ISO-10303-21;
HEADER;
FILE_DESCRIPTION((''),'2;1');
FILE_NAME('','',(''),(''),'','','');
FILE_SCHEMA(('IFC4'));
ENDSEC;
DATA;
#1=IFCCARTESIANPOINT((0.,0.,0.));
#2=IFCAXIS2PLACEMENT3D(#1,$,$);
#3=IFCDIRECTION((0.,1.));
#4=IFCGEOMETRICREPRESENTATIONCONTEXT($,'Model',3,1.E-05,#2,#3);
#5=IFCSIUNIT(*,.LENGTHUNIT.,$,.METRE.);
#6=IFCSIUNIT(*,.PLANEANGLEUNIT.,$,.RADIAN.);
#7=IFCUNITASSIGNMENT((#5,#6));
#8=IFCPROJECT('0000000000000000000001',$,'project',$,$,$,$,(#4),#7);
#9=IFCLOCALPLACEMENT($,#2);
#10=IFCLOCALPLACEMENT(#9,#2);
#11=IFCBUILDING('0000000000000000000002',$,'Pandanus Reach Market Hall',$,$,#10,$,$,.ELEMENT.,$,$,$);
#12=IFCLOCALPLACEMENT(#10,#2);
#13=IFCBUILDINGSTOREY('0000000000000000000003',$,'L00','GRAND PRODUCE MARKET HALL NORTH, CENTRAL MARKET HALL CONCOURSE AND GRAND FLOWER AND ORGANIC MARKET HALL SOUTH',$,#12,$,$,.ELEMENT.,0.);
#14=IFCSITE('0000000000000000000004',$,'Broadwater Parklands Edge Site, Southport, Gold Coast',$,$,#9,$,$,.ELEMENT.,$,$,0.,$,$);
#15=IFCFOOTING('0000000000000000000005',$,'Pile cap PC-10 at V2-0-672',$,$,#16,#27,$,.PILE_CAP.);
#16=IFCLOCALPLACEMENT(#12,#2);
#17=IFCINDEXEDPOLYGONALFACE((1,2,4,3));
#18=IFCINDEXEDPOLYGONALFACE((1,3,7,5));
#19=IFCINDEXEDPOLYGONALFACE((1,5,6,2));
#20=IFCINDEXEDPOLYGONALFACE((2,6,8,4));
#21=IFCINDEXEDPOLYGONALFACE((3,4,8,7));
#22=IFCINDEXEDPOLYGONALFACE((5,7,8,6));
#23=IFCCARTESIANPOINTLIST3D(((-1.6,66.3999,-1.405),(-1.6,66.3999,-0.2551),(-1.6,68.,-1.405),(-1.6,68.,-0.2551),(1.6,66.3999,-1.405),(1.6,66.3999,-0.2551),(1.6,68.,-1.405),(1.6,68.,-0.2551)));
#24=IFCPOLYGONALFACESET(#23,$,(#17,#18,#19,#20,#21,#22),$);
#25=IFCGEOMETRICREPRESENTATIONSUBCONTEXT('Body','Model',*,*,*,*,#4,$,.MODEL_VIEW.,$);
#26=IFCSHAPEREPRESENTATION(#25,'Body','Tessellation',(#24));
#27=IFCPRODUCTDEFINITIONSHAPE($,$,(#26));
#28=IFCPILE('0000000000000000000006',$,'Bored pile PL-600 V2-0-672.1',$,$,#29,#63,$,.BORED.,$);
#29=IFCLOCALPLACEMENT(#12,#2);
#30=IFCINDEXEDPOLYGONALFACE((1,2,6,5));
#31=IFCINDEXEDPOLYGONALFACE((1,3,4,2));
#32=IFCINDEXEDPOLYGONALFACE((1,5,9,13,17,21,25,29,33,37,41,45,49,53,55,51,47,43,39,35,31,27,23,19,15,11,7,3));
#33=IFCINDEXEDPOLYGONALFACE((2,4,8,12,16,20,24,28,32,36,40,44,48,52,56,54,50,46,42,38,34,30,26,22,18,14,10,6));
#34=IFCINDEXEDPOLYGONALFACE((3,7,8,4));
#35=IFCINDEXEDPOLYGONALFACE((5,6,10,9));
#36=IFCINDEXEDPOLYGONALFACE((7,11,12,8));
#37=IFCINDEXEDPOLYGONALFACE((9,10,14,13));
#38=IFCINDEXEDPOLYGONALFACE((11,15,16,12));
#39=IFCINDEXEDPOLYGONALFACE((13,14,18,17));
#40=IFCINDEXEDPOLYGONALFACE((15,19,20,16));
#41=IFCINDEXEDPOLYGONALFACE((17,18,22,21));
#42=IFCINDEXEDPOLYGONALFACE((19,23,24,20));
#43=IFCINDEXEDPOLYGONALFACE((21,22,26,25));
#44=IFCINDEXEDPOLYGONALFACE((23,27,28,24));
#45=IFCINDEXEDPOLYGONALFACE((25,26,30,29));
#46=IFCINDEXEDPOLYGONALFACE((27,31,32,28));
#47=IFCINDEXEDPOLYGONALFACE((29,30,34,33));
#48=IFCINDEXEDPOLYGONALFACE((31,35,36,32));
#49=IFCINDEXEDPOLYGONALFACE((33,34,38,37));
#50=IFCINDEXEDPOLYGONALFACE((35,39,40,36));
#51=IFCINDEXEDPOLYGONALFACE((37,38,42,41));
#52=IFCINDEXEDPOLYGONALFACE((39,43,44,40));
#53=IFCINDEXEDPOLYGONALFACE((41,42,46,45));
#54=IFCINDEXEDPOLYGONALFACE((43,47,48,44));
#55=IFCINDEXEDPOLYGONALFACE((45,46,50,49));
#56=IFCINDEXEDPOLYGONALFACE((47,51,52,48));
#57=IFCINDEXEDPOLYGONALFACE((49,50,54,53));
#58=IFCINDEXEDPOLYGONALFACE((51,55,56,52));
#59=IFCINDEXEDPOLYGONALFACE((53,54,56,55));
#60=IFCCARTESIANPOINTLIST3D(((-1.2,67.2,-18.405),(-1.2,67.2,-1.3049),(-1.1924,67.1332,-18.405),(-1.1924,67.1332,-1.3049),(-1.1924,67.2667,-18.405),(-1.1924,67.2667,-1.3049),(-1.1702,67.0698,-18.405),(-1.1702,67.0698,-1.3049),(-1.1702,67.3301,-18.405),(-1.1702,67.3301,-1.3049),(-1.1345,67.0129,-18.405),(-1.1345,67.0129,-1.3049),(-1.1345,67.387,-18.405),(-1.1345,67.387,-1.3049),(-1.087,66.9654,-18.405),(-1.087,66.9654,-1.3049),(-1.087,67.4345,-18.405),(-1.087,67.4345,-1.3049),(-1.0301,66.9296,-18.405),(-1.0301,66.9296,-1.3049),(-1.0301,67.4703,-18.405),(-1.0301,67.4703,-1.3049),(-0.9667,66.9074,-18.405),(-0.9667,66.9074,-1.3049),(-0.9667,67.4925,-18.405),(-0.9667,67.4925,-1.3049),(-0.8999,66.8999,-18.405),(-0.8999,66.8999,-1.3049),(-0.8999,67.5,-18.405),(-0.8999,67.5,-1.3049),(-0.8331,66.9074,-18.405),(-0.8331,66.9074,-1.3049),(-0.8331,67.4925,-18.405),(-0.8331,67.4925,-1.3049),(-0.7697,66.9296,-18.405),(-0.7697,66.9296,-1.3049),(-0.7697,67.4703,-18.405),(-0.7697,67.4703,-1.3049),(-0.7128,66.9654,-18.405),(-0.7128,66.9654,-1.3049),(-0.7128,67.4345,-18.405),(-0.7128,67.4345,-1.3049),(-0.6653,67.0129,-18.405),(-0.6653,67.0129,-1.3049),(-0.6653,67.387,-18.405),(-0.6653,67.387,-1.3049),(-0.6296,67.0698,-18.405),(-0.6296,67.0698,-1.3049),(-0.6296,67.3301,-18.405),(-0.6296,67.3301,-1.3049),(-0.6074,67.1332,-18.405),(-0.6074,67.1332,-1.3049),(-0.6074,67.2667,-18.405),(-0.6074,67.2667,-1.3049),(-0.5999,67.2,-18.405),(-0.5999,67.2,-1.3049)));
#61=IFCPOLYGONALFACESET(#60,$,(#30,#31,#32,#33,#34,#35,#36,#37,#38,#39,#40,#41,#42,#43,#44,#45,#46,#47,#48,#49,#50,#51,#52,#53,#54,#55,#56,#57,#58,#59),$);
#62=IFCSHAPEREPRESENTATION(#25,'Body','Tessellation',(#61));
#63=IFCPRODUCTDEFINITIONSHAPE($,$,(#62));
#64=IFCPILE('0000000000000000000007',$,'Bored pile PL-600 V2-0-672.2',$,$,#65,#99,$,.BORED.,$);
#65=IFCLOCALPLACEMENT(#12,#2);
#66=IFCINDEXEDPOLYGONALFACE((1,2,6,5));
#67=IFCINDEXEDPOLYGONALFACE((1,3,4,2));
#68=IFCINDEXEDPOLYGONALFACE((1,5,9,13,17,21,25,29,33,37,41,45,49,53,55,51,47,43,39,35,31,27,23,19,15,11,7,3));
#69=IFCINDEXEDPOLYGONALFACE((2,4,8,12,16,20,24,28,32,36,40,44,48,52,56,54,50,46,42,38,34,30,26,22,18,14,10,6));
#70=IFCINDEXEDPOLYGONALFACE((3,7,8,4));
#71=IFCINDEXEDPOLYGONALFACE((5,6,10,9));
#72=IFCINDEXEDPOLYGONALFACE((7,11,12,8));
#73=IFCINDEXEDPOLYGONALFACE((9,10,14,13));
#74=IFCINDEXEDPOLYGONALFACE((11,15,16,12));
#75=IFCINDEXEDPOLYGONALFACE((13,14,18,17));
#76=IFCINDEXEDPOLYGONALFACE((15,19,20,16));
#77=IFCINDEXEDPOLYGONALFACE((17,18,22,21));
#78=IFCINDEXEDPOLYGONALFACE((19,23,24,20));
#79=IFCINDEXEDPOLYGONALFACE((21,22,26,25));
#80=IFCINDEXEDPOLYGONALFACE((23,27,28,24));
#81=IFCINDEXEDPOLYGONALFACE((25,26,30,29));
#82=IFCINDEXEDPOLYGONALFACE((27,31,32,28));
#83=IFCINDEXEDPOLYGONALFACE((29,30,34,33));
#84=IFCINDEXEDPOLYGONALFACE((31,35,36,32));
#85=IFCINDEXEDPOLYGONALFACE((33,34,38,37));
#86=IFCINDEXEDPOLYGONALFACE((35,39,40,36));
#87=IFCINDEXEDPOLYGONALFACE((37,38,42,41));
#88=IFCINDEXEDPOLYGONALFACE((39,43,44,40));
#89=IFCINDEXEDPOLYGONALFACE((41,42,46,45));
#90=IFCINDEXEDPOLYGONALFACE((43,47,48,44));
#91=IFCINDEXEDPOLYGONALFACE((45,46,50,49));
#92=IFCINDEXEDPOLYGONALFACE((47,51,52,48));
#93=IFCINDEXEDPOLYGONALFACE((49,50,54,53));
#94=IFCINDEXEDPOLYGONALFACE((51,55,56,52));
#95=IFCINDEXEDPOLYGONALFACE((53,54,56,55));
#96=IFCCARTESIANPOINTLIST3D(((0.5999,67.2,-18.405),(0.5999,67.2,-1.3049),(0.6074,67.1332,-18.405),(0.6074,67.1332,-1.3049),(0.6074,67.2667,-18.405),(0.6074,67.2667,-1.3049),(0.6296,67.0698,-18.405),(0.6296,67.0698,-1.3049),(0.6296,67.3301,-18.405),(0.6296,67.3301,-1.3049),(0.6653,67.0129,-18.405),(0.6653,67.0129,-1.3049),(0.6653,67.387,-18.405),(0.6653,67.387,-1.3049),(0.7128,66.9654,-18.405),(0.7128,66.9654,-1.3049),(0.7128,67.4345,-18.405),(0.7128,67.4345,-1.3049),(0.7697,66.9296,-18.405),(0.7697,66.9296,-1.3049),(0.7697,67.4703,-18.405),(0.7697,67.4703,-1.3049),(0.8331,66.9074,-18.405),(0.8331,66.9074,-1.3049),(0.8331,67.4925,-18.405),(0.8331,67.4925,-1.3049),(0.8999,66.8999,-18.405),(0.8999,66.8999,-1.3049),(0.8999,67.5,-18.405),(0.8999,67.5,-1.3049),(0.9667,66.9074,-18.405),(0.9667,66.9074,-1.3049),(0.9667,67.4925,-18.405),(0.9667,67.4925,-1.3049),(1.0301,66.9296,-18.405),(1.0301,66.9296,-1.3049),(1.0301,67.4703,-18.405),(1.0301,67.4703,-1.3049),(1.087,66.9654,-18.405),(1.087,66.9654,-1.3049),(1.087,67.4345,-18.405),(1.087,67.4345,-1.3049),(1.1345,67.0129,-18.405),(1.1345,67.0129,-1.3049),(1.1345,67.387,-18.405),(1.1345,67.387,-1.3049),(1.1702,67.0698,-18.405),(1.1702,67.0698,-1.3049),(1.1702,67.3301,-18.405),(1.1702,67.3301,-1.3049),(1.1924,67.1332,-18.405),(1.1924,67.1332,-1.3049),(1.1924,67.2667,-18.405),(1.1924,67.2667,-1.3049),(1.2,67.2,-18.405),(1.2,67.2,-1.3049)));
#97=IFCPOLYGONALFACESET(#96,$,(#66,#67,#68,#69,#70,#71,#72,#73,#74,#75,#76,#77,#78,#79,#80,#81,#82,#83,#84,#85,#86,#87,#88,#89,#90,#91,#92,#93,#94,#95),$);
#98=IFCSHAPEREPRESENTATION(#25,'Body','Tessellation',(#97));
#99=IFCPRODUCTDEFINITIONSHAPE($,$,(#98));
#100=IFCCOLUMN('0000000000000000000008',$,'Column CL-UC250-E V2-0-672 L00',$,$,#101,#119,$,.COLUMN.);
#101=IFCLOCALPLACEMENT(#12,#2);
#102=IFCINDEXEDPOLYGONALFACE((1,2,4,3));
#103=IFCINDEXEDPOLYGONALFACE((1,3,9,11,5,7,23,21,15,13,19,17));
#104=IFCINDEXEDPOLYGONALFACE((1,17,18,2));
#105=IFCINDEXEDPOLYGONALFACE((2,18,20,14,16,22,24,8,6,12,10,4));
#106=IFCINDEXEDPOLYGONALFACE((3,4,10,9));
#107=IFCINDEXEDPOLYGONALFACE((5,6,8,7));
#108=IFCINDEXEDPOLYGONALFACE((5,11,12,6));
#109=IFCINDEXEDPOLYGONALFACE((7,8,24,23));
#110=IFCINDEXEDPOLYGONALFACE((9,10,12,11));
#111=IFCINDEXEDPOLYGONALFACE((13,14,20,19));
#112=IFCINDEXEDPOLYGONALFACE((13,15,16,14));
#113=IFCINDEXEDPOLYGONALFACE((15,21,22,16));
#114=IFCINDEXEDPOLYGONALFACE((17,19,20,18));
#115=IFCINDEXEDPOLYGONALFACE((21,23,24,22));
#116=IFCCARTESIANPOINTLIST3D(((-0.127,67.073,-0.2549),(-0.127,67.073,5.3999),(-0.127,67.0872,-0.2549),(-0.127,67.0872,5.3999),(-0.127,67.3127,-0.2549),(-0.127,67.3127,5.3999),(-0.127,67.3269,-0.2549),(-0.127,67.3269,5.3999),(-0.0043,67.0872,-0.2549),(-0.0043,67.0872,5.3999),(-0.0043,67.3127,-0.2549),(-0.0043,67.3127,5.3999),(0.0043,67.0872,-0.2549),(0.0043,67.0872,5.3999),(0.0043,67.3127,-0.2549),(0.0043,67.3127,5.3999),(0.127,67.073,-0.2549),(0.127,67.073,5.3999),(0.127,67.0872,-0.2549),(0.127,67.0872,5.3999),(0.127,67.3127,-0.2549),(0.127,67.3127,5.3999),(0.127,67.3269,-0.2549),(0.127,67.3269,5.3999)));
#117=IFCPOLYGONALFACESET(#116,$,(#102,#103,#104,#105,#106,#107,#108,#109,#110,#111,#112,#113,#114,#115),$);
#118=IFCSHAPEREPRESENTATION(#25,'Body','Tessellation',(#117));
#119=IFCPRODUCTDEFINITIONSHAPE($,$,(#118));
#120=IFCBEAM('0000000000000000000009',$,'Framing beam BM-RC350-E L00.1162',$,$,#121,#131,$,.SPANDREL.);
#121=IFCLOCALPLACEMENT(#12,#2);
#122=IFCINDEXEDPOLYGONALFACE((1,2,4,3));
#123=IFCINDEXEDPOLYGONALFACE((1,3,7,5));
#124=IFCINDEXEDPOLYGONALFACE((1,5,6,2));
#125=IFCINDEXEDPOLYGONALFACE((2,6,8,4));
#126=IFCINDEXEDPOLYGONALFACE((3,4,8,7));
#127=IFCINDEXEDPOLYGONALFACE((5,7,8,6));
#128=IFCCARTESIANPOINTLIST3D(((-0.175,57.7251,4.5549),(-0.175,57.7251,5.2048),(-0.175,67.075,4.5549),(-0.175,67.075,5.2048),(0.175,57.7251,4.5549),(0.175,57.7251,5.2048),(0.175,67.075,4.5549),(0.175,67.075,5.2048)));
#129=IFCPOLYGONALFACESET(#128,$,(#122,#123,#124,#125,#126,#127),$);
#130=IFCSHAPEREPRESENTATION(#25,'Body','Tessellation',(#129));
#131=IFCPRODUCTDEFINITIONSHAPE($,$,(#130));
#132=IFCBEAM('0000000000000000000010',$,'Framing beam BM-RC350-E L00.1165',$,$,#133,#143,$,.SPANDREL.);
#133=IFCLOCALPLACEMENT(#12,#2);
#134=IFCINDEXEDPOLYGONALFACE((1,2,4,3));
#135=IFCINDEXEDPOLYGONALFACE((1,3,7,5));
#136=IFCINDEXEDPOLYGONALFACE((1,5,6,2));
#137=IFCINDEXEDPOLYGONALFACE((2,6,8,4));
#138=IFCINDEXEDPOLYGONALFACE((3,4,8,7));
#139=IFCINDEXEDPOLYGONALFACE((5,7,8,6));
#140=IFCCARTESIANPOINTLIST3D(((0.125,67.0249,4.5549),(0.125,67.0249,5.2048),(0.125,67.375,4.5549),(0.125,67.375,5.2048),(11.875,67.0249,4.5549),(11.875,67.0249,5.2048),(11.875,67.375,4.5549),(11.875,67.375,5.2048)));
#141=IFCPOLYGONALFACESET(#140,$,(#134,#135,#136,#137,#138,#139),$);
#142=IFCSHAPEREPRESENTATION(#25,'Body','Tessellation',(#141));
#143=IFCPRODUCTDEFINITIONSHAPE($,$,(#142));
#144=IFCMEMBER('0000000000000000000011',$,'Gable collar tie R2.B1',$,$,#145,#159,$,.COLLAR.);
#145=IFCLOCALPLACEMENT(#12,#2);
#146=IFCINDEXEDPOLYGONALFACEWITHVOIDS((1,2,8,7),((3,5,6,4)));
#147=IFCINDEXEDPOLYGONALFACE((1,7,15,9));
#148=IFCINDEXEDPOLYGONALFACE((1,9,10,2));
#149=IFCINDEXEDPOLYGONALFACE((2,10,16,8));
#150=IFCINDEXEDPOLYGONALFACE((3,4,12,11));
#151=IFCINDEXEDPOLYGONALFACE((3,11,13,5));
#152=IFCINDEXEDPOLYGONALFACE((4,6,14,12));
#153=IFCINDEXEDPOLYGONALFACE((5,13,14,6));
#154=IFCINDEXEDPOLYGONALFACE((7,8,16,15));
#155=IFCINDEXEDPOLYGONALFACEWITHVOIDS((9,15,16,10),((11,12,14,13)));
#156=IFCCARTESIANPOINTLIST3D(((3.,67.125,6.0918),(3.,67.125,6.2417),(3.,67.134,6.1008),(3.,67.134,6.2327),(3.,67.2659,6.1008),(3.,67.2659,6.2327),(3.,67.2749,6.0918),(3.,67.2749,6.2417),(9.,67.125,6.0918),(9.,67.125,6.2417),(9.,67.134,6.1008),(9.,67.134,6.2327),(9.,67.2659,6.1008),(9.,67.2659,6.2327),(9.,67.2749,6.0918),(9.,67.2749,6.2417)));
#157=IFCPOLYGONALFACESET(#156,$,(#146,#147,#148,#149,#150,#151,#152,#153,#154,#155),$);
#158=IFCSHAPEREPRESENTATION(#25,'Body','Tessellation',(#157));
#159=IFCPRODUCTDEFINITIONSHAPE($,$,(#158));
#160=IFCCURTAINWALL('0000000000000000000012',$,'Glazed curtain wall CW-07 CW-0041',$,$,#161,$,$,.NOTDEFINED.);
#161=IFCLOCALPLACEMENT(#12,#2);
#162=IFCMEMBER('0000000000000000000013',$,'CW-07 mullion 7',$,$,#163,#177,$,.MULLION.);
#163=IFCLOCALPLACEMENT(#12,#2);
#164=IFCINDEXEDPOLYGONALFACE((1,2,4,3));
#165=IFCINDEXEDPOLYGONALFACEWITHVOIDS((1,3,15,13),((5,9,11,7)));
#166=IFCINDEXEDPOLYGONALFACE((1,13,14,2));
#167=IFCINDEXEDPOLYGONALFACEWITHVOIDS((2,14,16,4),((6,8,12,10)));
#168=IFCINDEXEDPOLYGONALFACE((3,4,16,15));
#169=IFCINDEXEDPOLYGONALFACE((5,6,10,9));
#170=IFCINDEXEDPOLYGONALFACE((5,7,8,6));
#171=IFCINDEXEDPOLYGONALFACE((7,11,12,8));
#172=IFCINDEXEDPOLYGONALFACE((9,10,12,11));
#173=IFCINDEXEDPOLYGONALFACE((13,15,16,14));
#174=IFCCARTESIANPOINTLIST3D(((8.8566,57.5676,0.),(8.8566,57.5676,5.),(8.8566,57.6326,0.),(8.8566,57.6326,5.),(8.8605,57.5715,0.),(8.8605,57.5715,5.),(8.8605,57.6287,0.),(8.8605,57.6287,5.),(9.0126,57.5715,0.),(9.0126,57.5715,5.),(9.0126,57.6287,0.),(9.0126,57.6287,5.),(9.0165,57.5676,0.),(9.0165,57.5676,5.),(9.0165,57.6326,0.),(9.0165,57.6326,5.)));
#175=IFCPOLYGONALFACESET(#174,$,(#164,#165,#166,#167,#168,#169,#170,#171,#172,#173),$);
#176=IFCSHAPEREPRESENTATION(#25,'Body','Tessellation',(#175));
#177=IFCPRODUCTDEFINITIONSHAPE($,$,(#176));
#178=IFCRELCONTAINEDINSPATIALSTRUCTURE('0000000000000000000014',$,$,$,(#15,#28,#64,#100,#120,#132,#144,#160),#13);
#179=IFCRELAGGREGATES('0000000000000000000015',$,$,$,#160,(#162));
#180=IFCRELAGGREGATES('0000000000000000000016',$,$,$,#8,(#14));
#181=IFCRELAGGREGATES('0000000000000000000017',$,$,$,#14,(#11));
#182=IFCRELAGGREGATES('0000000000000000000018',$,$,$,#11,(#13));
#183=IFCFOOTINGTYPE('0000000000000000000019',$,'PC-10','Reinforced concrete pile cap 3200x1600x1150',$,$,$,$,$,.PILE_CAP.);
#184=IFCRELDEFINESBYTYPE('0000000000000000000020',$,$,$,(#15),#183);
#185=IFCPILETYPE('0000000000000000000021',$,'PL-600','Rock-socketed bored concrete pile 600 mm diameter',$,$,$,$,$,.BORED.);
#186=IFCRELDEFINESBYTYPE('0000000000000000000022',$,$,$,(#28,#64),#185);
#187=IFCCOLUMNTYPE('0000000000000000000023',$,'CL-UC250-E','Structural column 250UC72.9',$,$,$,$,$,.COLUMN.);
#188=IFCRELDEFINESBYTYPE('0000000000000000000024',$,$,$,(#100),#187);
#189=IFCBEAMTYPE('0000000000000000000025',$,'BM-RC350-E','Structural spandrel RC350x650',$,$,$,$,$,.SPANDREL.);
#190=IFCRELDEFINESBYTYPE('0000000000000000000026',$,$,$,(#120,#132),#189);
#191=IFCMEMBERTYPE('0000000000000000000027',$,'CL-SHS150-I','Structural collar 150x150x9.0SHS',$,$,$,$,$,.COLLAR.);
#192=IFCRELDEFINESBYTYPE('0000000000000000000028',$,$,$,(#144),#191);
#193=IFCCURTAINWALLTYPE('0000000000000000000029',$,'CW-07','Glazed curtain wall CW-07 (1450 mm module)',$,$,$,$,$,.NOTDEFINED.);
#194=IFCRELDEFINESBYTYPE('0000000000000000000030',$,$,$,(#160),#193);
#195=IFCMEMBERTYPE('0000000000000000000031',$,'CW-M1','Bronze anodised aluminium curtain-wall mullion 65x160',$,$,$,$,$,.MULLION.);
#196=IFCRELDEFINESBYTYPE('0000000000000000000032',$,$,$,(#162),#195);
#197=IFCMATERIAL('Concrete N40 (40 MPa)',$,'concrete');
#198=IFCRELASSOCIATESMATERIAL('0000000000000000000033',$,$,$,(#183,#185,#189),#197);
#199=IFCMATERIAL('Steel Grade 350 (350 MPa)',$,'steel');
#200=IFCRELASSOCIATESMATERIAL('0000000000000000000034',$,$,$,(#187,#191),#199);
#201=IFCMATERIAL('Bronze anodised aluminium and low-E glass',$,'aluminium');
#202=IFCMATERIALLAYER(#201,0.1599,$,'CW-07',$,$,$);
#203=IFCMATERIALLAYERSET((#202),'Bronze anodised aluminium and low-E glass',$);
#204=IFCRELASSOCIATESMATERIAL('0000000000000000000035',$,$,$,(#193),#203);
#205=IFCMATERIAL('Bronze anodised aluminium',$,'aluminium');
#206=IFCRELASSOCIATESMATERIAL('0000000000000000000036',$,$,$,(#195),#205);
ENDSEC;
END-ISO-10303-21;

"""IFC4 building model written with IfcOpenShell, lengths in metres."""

from ifc_helpers import new_model, si_unit, direction, frame, origin, origin_2d, place, context, subcontext, project, spatial, rectangle, hollow_rectangle, circle, i_section, extrude, material, layer, layer_set, material_profile, profile_set, type_object, element, aggregate, save


model = new_model("IFC4")

# Units and contexts
model_context = context("Model", 3, precision=1e-05, world=origin(), true_north=direction((0.0, 1.0)))
body_context = subcontext(model_context, "Body", "Model", "MODEL_VIEW")
ifc_project = project(units=[si_unit("LENGTHUNIT", "METRE"), si_unit("PLANEANGLEUNIT", "RADIAN")], contexts=[model_context])

# Site, building, storey
site_placement = place(None, origin())
site = spatial("IfcSite", under=ifc_project, at=site_placement, Name="Broadwater Parklands Edge Site, Southport, Gold Coast", CompositionType="ELEMENT", RefElevation=0.0)
building_placement = place(site_placement, origin())
building = spatial("IfcBuilding", under=site, at=building_placement, Name="Pandanus Reach Market Hall", CompositionType="ELEMENT")
storey_placement = place(building_placement, origin())
storey = spatial("IfcBuildingStorey", under=building, at=storey_placement, Name="L00", Description="GRAND PRODUCE MARKET HALL NORTH, CENTRAL MARKET HALL CONCOURSE AND GRAND FLOWER AND ORGANIC MARKET HALL SOUTH", CompositionType="ELEMENT", Elevation=0.0)

# Footing
ifc_material_1 = material(Name="Concrete N40 (40 MPa)", Category="concrete")
footing_type = type_object("IfcFootingType", Name="PC-10", Description="Reinforced concrete pile cap 3200x1600x1150", PredefinedType="PILE_CAP", material=ifc_material_1)
footing_placement = place(storey_placement, frame((0.0, 67.2, -1.405), z_axis=(0.0, 0.0, 1.0), x_axis=(1.0, 0.0, 0.0)))
element("IfcFooting", 1, at=footing_placement, inside=storey, type_object=footing_type, Name="Pile cap PC-10 at V2-0-672", PredefinedType="PILE_CAP", context=body_context, shape_type="SweptSolid", body=[
    extrude(rectangle(XDim=3.2, YDim=1.6001, at=origin_2d()), origin(), (0.0, 0.0, 1.0), 1.1499),
])

# Piles
ifc_material_profile_1 = material_profile(ifc_material_1, circle(Radius=0.3, at=origin_2d()), Name="PILE-600D", Category="LoadBearing")
ifc_profile_set_1 = profile_set([ifc_material_profile_1], Name="Concrete N40 (40 MPa)")
pile_type = type_object("IfcPileType", Name="PL-600", Description="Rock-socketed bored concrete pile 600 mm diameter", PredefinedType="BORED", material=ifc_profile_set_1)
for number, where, z_axis, x_axis, name in (
    (2, (-0.8999, 67.2, -1.3049), (0.0, 0.0, -1.0), (1.0, 0.0, 0.0), "Bored pile PL-600 V2-0-672.1"),
    (3, (0.8999, 67.2, -1.3049), (0.0, 0.0, -1.0), (1.0, 0.0, 0.0), "Bored pile PL-600 V2-0-672.2"),
):
    element("IfcPile", number, at=place(storey_placement, frame(where, z_axis=z_axis, x_axis=x_axis)), inside=storey, type_object=pile_type, Name=name, PredefinedType="BORED", context=body_context, shape_type="SweptSolid", body=[
        extrude(circle(Radius=0.3, at=origin_2d()), origin(), (0.0, 0.0, 1.0), 17.1001),
    ])

# Column
ifc_material_2 = material(Name="Steel Grade 350 (350 MPa)", Category="steel")
ifc_material_profile_2 = material_profile(ifc_material_2, i_section(OverallWidth=0.2539, OverallDepth=0.2539, WebThickness=0.0085, FlangeThickness=0.0142, at=origin_2d()), Name="250UC72.9", Category="LoadBearing")
ifc_profile_set_2 = profile_set([ifc_material_profile_2], Name="Steel Grade 350 (350 MPa)")
column_type = type_object("IfcColumnType", Name="CL-UC250-E", Description="Structural column 250UC72.9", PredefinedType="COLUMN", material=ifc_profile_set_2)
column_placement = place(storey_placement, frame((0.0, 67.2, -0.2549), z_axis=(0.0, 0.0, 1.0), x_axis=(1.0, 0.0, 0.0)))
element("IfcColumn", 4, at=column_placement, inside=storey, type_object=column_type, Name="Column CL-UC250-E V2-0-672 L00", PredefinedType="COLUMN", context=body_context, shape_type="SweptSolid", body=[
    extrude(i_section(OverallWidth=0.2539, OverallDepth=0.2539, WebThickness=0.0085, FlangeThickness=0.0142, at=origin_2d()), origin(), (0.0, 0.0, 1.0), 5.6548),
])

# Beams
ifc_material_profile_3 = material_profile(ifc_material_1, rectangle(XDim=0.3501, YDim=0.6499, at=origin_2d()), Name="RC350x650", Category="LoadBearing")
ifc_profile_set_3 = profile_set([ifc_material_profile_3], Name="Concrete N40 (40 MPa)")
beam_type = type_object("IfcBeamType", Name="BM-RC350-E", Description="Structural spandrel RC350x650", PredefinedType="SPANDREL", material=ifc_profile_set_3)
beam_1_placement = place(storey_placement, frame((0.0, 57.7251, 4.8799), z_axis=(0.0, 1.0, 0.0), x_axis=(-1.0, 0.0, 0.0)))
element("IfcBeam", 5, at=beam_1_placement, inside=storey, type_object=beam_type, Name="Framing beam BM-RC350-E L00.1162", PredefinedType="SPANDREL", context=body_context, shape_type="SweptSolid", body=[
    extrude(rectangle(XDim=0.3501, YDim=0.6499, at=origin_2d()), origin(), (0.0, 0.0, 1.0), 9.3499),
])
beam_2_placement = place(storey_placement, frame((0.125, 67.2, 4.8799), z_axis=(1.0, 0.0, 0.0), x_axis=(0.0, 1.0, 0.0)))
element("IfcBeam", 6, at=beam_2_placement, inside=storey, type_object=beam_type, Name="Framing beam BM-RC350-E L00.1165", PredefinedType="SPANDREL", context=body_context, shape_type="SweptSolid", body=[
    extrude(rectangle(XDim=0.3501, YDim=0.6499, at=origin_2d()), origin(), (0.0, 0.0, 1.0), 11.75),
])

# Member
ifc_material_profile_4 = material_profile(ifc_material_2, hollow_rectangle(XDim=0.1499, YDim=0.1499, WallThickness=0.009, at=origin_2d()), Name="150x150x9.0SHS", Category="LoadBearing")
ifc_profile_set_4 = profile_set([ifc_material_profile_4], Name="Steel Grade 350 (350 MPa)")
member_type_1 = type_object("IfcMemberType", Name="CL-SHS150-I", Description="Structural collar 150x150x9.0SHS", PredefinedType="COLLAR", material=ifc_profile_set_4)
member_1_placement = place(storey_placement, frame((3.0, 67.2, 6.1667), z_axis=(1.0, 0.0, 0.0), x_axis=(0.0, 1.0, 0.0)))
element("IfcMember", 7, at=member_1_placement, inside=storey, type_object=member_type_1, Name="Gable collar tie R2.B1", PredefinedType="COLLAR", context=body_context, shape_type="SweptSolid", body=[
    extrude(hollow_rectangle(XDim=0.1499, YDim=0.1499, WallThickness=0.009, at=origin_2d()), origin(), (0.0, 0.0, 1.0), 6.0),
])

# Curtain wall, member
ifc_material_3 = material(Name="Bronze anodised aluminium and low-E glass", Category="aluminium")
ifc_layer_1 = layer(ifc_material_3, 0.1599, Name="CW-07")
ifc_layer_set_1 = layer_set([ifc_layer_1], Name="Bronze anodised aluminium and low-E glass")
curtain_wall_type = type_object("IfcCurtainWallType", Name="CW-07", Description="Glazed curtain wall CW-07 (1450 mm module)", PredefinedType="NOTDEFINED", material=ifc_layer_set_1)
curtain_wall_placement = place(storey_placement, origin())
curtain_wall = element("IfcCurtainWall", 8, at=curtain_wall_placement, inside=storey, type_object=curtain_wall_type, Name="Glazed curtain wall CW-07 CW-0041", PredefinedType="NOTDEFINED")
ifc_material_4 = material(Name="Bronze anodised aluminium", Category="aluminium")
ifc_material_profile_5 = material_profile(ifc_material_4, hollow_rectangle(XDim=0.0649, YDim=0.1599, WallThickness=0.0039, at=origin_2d()), Name="ALU65x160", Category="LoadBearing")
ifc_profile_set_5 = profile_set([ifc_material_profile_5], Name="Bronze anodised aluminium")
member_type_2 = type_object("IfcMemberType", Name="CW-M1", Description="Bronze anodised aluminium curtain-wall mullion 65x160", PredefinedType="MULLION", material=ifc_profile_set_5)
member_2_placement = place(storey_placement, frame((8.9365, 57.6001, 0.0), z_axis=(0.0, 0.0, 1.0), x_axis=(0.0, 1.0, 0.0)))
member_2 = element("IfcMember", 9, at=member_2_placement, type_object=member_type_2, Name="CW-07 mullion 7", PredefinedType="MULLION", context=body_context, shape_type="SweptSolid", body=[
    extrude(hollow_rectangle(XDim=0.0649, YDim=0.1599, WallThickness=0.0039, at=origin_2d()), origin(), (0.0, 0.0, 1.0), 5.0),
])
aggregate(curtain_wall, [member_2])

save(model, "model.ifc")
